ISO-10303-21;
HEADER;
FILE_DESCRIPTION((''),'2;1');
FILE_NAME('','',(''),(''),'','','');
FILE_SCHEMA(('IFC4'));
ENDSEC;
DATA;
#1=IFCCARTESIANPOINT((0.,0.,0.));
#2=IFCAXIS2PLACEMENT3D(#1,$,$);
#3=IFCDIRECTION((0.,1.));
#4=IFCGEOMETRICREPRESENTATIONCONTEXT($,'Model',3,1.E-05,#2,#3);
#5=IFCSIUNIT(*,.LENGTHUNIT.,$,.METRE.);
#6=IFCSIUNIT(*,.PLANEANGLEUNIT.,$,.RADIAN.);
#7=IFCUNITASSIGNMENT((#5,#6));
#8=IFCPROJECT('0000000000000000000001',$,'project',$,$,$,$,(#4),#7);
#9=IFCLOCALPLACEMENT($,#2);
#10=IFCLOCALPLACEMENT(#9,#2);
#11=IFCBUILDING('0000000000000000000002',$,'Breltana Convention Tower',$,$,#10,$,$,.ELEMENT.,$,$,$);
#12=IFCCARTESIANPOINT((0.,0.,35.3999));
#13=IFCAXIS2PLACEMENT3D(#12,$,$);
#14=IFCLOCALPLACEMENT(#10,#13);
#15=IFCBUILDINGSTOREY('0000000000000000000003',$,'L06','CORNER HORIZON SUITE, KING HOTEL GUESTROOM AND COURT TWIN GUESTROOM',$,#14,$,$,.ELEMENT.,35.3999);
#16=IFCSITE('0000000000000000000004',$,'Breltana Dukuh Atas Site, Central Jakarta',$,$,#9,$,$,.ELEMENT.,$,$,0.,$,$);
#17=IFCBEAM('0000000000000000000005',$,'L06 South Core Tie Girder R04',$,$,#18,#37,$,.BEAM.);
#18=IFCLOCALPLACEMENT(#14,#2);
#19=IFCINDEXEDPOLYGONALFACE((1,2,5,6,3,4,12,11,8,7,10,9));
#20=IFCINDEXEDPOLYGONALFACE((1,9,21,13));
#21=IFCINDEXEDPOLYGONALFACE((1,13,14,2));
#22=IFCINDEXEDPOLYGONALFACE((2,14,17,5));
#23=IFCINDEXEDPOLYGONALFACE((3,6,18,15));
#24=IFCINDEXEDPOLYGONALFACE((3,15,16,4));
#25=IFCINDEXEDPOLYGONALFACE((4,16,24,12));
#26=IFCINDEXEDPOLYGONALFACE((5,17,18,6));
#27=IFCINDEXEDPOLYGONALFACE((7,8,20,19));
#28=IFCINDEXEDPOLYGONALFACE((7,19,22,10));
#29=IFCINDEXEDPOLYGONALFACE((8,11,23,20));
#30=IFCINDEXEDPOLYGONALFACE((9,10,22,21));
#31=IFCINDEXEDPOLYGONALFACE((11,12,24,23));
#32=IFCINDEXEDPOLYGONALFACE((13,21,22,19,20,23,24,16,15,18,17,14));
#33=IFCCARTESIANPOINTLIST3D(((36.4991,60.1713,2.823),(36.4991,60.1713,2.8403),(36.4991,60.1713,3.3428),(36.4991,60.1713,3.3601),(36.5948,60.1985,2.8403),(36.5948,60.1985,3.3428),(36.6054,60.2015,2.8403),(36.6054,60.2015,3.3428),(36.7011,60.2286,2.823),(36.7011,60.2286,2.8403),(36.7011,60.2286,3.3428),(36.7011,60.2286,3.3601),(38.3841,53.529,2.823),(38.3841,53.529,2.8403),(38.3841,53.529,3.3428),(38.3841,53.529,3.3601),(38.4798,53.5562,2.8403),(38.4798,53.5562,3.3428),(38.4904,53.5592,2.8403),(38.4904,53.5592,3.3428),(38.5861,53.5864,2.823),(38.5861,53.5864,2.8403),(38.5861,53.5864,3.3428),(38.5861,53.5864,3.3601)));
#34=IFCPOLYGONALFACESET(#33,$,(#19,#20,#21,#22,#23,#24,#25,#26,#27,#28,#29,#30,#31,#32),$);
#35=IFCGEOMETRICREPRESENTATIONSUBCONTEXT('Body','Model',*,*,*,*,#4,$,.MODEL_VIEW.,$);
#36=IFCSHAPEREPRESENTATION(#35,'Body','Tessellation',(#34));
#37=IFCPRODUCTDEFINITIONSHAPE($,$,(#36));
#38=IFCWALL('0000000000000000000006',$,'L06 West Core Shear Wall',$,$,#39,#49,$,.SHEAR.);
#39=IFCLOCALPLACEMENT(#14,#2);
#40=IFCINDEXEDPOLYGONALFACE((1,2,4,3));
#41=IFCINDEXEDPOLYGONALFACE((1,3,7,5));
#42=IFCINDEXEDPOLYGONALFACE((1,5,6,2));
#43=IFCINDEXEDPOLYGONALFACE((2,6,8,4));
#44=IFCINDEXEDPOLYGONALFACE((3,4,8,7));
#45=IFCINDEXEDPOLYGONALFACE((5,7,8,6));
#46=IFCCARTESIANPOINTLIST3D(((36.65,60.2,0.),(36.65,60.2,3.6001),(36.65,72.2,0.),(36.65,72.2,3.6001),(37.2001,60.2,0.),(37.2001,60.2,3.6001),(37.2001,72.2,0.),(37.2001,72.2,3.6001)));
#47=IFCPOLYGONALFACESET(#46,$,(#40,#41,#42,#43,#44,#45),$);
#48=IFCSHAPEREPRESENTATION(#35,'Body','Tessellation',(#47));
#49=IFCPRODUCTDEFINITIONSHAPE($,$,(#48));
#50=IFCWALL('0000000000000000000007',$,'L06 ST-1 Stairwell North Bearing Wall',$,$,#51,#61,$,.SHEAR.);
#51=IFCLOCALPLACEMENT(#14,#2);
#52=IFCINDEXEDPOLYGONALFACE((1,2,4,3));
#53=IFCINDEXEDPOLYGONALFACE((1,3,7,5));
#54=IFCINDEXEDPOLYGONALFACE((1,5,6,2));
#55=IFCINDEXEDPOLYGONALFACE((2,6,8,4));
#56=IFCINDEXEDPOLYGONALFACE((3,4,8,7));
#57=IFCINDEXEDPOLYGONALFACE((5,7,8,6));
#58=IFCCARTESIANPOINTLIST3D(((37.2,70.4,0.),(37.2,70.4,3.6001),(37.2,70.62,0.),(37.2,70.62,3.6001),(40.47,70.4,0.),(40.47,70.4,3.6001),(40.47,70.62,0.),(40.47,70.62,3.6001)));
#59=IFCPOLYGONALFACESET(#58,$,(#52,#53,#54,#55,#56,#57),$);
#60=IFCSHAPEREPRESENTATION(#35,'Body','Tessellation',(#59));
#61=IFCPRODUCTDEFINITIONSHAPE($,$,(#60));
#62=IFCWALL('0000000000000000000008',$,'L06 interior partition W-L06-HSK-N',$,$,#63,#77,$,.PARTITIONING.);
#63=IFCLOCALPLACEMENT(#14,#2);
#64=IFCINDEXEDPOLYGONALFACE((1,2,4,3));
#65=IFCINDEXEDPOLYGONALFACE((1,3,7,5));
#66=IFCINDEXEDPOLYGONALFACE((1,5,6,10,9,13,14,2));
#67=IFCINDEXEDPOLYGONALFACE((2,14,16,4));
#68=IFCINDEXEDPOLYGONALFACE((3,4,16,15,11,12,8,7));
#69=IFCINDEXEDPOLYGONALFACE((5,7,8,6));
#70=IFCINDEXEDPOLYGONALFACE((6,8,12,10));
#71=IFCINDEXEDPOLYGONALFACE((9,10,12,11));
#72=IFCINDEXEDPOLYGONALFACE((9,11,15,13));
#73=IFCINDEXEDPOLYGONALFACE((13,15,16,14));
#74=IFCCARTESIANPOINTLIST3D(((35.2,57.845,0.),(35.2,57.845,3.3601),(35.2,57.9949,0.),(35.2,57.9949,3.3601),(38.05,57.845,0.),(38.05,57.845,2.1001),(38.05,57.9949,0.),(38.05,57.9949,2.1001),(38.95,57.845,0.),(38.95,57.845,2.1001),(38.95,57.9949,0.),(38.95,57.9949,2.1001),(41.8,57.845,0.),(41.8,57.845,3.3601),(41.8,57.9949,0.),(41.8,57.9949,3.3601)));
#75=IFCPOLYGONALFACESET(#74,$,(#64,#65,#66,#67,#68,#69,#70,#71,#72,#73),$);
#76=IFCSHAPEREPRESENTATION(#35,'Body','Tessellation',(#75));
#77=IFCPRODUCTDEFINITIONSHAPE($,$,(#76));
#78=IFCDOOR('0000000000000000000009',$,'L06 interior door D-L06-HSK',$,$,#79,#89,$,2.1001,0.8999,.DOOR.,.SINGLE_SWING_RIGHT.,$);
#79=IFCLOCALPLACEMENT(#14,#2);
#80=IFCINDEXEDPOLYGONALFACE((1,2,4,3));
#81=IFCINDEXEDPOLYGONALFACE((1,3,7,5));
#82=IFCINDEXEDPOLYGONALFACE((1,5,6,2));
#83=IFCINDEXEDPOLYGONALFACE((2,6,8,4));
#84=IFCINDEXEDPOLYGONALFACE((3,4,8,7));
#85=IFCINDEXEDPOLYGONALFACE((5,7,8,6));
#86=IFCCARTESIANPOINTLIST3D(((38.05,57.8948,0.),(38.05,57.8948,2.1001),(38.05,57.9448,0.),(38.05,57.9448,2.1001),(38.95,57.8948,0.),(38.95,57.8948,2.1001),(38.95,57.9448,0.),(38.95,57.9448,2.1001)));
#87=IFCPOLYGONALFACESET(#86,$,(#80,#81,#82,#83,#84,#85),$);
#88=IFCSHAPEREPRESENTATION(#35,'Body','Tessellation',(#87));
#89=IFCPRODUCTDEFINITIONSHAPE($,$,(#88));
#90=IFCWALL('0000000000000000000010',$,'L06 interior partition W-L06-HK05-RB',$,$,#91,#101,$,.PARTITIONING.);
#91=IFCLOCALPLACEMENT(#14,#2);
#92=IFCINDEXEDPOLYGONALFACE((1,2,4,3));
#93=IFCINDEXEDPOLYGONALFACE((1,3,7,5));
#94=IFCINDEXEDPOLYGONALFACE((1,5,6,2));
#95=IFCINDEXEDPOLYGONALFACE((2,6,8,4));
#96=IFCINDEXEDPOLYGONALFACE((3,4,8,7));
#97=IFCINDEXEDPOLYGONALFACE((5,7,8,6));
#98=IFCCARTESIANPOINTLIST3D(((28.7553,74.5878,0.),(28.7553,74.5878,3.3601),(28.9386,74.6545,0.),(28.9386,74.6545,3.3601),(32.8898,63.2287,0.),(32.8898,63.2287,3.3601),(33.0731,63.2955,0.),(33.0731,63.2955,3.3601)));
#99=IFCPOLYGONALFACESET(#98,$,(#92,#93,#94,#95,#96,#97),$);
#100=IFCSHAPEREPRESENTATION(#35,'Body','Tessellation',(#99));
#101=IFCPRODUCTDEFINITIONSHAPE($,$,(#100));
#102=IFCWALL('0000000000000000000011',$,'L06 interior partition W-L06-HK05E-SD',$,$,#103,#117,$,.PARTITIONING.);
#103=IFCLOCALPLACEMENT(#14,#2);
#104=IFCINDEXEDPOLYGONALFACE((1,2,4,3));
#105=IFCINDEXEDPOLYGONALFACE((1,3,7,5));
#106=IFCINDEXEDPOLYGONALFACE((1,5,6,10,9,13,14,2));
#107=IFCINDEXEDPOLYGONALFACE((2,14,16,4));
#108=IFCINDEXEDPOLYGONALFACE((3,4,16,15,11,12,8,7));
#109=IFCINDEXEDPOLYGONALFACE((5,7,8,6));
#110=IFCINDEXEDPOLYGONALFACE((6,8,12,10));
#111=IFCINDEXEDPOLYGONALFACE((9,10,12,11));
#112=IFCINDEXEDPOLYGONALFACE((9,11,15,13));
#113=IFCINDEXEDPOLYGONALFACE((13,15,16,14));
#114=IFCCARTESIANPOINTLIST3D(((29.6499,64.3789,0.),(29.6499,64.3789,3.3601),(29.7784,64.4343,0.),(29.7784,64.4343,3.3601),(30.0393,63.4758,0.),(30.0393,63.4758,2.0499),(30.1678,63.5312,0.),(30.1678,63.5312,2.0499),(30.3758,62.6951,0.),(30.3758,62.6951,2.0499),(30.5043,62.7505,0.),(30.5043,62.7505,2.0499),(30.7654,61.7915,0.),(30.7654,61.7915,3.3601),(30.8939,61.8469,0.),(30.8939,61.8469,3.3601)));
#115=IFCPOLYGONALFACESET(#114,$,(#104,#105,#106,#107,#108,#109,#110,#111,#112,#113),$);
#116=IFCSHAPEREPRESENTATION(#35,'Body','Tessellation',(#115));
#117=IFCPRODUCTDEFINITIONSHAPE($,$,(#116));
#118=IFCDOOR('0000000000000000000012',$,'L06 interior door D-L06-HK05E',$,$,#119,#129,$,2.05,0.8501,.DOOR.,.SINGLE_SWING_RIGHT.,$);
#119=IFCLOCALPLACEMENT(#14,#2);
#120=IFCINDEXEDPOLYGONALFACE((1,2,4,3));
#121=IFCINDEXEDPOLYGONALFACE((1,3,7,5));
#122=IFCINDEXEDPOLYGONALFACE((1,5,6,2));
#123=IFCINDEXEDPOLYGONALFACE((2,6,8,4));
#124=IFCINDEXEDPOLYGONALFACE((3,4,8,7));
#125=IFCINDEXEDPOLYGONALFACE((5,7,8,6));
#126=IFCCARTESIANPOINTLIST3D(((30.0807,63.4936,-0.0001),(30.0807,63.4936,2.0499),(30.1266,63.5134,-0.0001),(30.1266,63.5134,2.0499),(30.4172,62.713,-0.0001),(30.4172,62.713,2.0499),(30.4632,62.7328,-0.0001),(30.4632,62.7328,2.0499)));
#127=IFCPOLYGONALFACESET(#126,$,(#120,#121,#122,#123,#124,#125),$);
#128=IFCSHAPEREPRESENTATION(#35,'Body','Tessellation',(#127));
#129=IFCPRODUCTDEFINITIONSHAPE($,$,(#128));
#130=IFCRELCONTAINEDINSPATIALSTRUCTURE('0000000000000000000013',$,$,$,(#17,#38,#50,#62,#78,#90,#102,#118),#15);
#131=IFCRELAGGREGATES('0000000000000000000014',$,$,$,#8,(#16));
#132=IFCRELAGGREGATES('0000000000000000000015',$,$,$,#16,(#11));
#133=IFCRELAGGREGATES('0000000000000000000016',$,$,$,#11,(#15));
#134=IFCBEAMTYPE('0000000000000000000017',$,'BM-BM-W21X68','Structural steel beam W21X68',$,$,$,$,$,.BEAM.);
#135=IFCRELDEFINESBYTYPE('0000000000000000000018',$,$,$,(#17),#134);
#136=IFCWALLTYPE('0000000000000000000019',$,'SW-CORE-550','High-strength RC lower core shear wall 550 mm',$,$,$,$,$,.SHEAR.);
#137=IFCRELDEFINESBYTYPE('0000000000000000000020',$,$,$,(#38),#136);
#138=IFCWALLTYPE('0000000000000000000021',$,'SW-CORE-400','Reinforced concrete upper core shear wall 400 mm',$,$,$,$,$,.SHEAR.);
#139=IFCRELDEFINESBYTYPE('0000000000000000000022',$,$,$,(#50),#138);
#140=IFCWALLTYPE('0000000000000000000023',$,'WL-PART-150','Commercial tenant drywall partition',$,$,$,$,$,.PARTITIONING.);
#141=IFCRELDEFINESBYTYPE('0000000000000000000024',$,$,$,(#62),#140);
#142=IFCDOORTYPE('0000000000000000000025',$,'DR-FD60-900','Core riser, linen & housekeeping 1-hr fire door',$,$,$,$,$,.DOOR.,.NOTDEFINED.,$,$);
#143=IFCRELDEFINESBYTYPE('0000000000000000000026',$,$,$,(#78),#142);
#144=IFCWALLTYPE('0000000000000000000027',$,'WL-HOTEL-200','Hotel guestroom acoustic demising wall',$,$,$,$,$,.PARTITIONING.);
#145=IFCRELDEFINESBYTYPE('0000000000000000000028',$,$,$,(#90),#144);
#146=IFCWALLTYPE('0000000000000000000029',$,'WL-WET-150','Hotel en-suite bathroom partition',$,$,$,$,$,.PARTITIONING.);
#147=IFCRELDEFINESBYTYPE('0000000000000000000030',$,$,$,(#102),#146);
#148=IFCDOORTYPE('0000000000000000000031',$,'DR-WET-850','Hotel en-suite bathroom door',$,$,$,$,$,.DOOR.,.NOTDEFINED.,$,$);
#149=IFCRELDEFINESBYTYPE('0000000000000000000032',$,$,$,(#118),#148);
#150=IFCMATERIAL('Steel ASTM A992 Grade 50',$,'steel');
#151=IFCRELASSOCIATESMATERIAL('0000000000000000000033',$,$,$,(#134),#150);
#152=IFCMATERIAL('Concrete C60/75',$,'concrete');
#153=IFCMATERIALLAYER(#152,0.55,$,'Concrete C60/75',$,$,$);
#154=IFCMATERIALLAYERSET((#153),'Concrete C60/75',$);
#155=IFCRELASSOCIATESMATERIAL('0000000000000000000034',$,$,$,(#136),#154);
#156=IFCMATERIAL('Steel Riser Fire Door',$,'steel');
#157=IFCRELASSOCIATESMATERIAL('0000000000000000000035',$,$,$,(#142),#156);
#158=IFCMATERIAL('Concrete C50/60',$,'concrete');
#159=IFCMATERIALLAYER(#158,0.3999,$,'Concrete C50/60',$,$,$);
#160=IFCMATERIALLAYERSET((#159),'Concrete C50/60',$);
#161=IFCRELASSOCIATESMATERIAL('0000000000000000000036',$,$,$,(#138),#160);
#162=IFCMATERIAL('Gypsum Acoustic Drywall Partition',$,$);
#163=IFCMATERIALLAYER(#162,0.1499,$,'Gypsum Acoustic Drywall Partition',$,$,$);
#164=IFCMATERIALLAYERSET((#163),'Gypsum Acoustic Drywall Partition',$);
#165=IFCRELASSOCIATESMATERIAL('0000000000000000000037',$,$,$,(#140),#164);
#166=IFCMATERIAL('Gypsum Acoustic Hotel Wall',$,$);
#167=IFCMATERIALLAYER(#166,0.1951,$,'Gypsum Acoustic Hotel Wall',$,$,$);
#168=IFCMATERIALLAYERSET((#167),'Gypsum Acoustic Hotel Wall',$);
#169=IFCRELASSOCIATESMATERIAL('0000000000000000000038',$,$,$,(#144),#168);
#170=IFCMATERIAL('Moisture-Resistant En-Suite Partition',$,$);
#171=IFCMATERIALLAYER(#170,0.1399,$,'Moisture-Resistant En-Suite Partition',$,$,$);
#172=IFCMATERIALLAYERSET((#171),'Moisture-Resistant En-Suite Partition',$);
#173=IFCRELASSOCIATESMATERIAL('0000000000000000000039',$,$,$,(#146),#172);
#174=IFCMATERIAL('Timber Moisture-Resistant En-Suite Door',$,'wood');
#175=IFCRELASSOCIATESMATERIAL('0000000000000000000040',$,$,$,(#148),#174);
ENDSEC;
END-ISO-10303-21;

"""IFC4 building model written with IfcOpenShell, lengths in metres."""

from ifc_helpers import new_model, si_unit, direction, frame, frame_2d, origin, origin_2d, place, context, subcontext, project, spatial, rectangle, i_section, extrude, source, transform, mapped, material, layer, layer_set, material_profile, profile_set, type_object, type_shapes, element, fill, save


model = new_model("IFC4")

# Units and contexts
model_context = context("Model", 3, precision=1e-05, world=origin(), true_north=direction((0.0, 1.0)))
body_context = subcontext(model_context, "Body", "Model", "MODEL_VIEW")
ifc_project = project(units=[si_unit("LENGTHUNIT", "METRE"), si_unit("PLANEANGLEUNIT", "RADIAN")], contexts=[model_context])

# Site, building, storey
site_placement = place(None, origin())
site = spatial("IfcSite", under=ifc_project, at=site_placement, Name="Breltana Dukuh Atas Site, Central Jakarta", CompositionType="ELEMENT", RefElevation=0.0)
building_placement = place(site_placement, origin())
building = spatial("IfcBuilding", under=site, at=building_placement, Name="Breltana Convention Tower", CompositionType="ELEMENT")
storey_placement = place(building_placement, frame((0.0, 0.0, 35.3999)))
storey = spatial("IfcBuildingStorey", under=building, at=storey_placement, Name="L06", Description="CORNER HORIZON SUITE, KING HOTEL GUESTROOM AND COURT TWIN GUESTROOM", CompositionType="ELEMENT", Elevation=35.3999)

# Beam
ifc_material_1 = material(Name="Steel ASTM A992 Grade 50", Category="steel")
ifc_material_profile = material_profile(ifc_material_1, i_section(OverallWidth=0.21, OverallDepth=0.5371, WebThickness=0.011, FlangeThickness=0.0173, at=origin_2d()), Name="W21X68")
ifc_profile_set = profile_set([ifc_material_profile], Name="Steel ASTM A992 Grade 50")
beam_type = type_object("IfcBeamType", Name="BM-BM-W21X68", Description="Structural steel beam W21X68", PredefinedType="BEAM", material=ifc_profile_set)
shared_shape_1 = source(origin(), body_context, "Body", "SweptSolid", [
    extrude(i_section(OverallWidth=0.21, OverallDepth=0.5371, WebThickness=0.011, FlangeThickness=0.0173, at=origin_2d()), origin(), (0.0, 0.0, 1.0), 6.9045),
])
type_shapes(beam_type, [shared_shape_1])
beam_placement = place(storey_placement, frame((36.6001, 60.2, 3.0916), z_axis=(0.273007, -0.962012, 0.0), x_axis=(0.962012, 0.273007, 0.0)))
element("IfcBeam", 1, at=beam_placement, inside=storey, type_object=beam_type, Name="L06 South Core Tie Girder R04", PredefinedType="BEAM", context=body_context, shape_type="MappedRepresentation", body=[
    mapped(shared_shape_1, transform((0.0, 0.0, 0.0), scale=1.0)),
])

# Wall
ifc_material_2 = material(Name="Concrete C60/75", Category="concrete")
ifc_layer_1 = layer(ifc_material_2, 0.55, Name="Concrete C60/75")
ifc_layer_set_1 = layer_set([ifc_layer_1], Name="Concrete C60/75")
wall_type_1 = type_object("IfcWallType", Name="SW-CORE-550", Description="High-strength RC lower core shear wall 550 mm", PredefinedType="SHEAR", material=ifc_layer_set_1)
shared_shape_2 = source(origin(), body_context, "Body", "SweptSolid", [
    extrude(rectangle(XDim=12.0, YDim=0.55, at=frame_2d((6.0, 0.0))), origin(), (0.0, 0.0, 1.0), 3.6001),
])
wall_1_placement = place(storey_placement, frame((36.925, 60.2, 0.0), z_axis=(0.0, 0.0, 1.0), x_axis=(0.0, 1.0, 0.0)))
element("IfcWall", 2, at=wall_1_placement, inside=storey, type_object=wall_type_1, Name="L06 West Core Shear Wall", PredefinedType="SHEAR", context=body_context, shape_type="MappedRepresentation", body=[
    mapped(shared_shape_2, transform((0.0, 0.0, 0.0), scale=1.0)),
])

# Shared definitions
ifc_material_3 = material(Name="Steel Riser Fire Door", Category="steel")
door_type_1 = type_object("IfcDoorType", Name="DR-FD60-900", Description="Core riser, linen & housekeeping 1-hr fire door", OperationType="NOTDEFINED", PredefinedType="DOOR", material=ifc_material_3)
shared_shape_3 = source(origin(), body_context, "Body", "SweptSolid", [
    extrude(rectangle(XDim=0.8999, YDim=2.1001, at=frame_2d((0.45, 1.05))), frame((0.0, 0.0249, 0.0), z_axis=(0.0, -1.0, 0.0), x_axis=(1.0, 0.0, 0.0)), (0.0, 0.0, 1.0), 0.05),
])
type_shapes(door_type_1, [shared_shape_3])

# Wall
ifc_material_4 = material(Name="Concrete C50/60", Category="concrete")
ifc_layer_2 = layer(ifc_material_4, 0.3999, Name="Concrete C50/60")
ifc_layer_set_2 = layer_set([ifc_layer_2], Name="Concrete C50/60")
wall_type_2 = type_object("IfcWallType", Name="SW-CORE-400", Description="Reinforced concrete upper core shear wall 400 mm", PredefinedType="SHEAR", material=ifc_layer_set_2)
shared_shape_4 = source(origin(), body_context, "Body", "SweptSolid", [
    extrude(rectangle(XDim=3.27, YDim=0.22, at=frame_2d((1.635, 0.0))), origin(), (0.0, 0.0, 1.0), 3.6001),
])
wall_2_placement = place(storey_placement, frame((37.2, 70.51, 0.0), z_axis=(0.0, 0.0, 1.0), x_axis=(1.0, 0.0, 0.0)))
element("IfcWall", 3, at=wall_2_placement, inside=storey, type_object=wall_type_2, Name="L06 ST-1 Stairwell North Bearing Wall", PredefinedType="SHEAR", context=body_context, shape_type="MappedRepresentation", body=[
    mapped(shared_shape_4, transform((0.0, 0.0, 0.0), scale=1.0)),
])

# Wall, opening, door
ifc_material_5 = material(Name="Gypsum Acoustic Drywall Partition")
ifc_layer_3 = layer(ifc_material_5, 0.1499, Name="Gypsum Acoustic Drywall Partition")
ifc_layer_set_3 = layer_set([ifc_layer_3], Name="Gypsum Acoustic Drywall Partition")
wall_type_3 = type_object("IfcWallType", Name="WL-PART-150", Description="Commercial tenant drywall partition", PredefinedType="PARTITIONING", material=ifc_layer_set_3)
shared_shape_5 = source(origin(), body_context, "Body", "SweptSolid", [
    extrude(rectangle(XDim=6.6001, YDim=0.1499, at=frame_2d((3.3, 0.0))), origin(), (0.0, 0.0, 1.0), 3.3601),
])
wall_3_placement = place(storey_placement, frame((35.2, 57.9199, 0.0), z_axis=(0.0, 0.0, 1.0), x_axis=(1.0, 0.0, 0.0)))
wall_3 = element("IfcWall", 4, at=wall_3_placement, inside=storey, type_object=wall_type_3, Name="L06 interior partition W-L06-HSK-N", PredefinedType="PARTITIONING", context=body_context, shape_type="MappedRepresentation", body=[
    mapped(shared_shape_5, transform((0.0, 0.0, 0.0), scale=1.0)),
])
opening_1_placement = place(wall_3_placement, frame((2.8501, 0.0, 0.0)))
opening_1 = element("IfcOpeningElement", 5, at=opening_1_placement, cuts=wall_3, PredefinedType="OPENING", context=body_context, shape_type="SweptSolid", body=[
    extrude(rectangle(XDim=0.8999, YDim=2.1001, at=frame_2d((0.45, 1.05))), frame((0.0, 0.085, 0.0), z_axis=(0.0, -1.0, 0.0), x_axis=(1.0, 0.0, 0.0)), (0.0, 0.0, 1.0), 0.1699),
])
door_1_placement = place(opening_1_placement, origin())
door_1 = element("IfcDoor", 6, at=door_1_placement, inside=storey, type_object=door_type_1, Name="L06 interior door D-L06-HSK", OperationType="SINGLE_SWING_RIGHT", OverallHeight=2.1001, OverallWidth=0.8999, PredefinedType="DOOR", context=body_context, shape_type="MappedRepresentation", body=[
    mapped(shared_shape_3, transform((0.0, 0.0, 0.0), scale=1.0)),
])
fill(opening_1, door_1)

# Wall
ifc_material_6 = material(Name="Gypsum Acoustic Hotel Wall")
ifc_layer_4 = layer(ifc_material_6, 0.1951, Name="Gypsum Acoustic Hotel Wall")
ifc_layer_set_4 = layer_set([ifc_layer_4], Name="Gypsum Acoustic Hotel Wall")
wall_type_4 = type_object("IfcWallType", Name="WL-HOTEL-200", Description="Hotel guestroom acoustic demising wall", PredefinedType="PARTITIONING", material=ifc_layer_set_4)
shared_shape_6 = source(origin(), body_context, "Body", "SweptSolid", [
    extrude(rectangle(XDim=12.0881, YDim=0.1951, at=frame_2d((6.0439, 0.0))), origin(), (0.0, 0.0, 1.0), 3.3601),
])
wall_4_placement = place(storey_placement, frame((32.9814, 63.2622, 0.0), z_axis=(0.0, 0.0, 1.0), x_axis=(-0.34203, 0.939689, 0.0)))
element("IfcWall", 7, at=wall_4_placement, inside=storey, type_object=wall_type_4, Name="L06 interior partition W-L06-HK05-RB", PredefinedType="PARTITIONING", context=body_context, shape_type="MappedRepresentation", body=[
    mapped(shared_shape_6, transform((0.0, 0.0, 0.0), scale=1.0)),
])

# Wall, opening, door
ifc_material_7 = material(Name="Moisture-Resistant En-Suite Partition")
ifc_layer_5 = layer(ifc_material_7, 0.1399, Name="Moisture-Resistant En-Suite Partition")
ifc_layer_set_5 = layer_set([ifc_layer_5], Name="Moisture-Resistant En-Suite Partition")
wall_type_5 = type_object("IfcWallType", Name="WL-WET-150", Description="Hotel en-suite bathroom partition", PredefinedType="PARTITIONING", material=ifc_layer_set_5)
shared_shape_7 = source(origin(), body_context, "Body", "SweptSolid", [
    extrude(rectangle(XDim=2.8176, YDim=0.1399, at=frame_2d((1.4087, 0.0))), origin(), (0.0, 0.0, 1.0), 3.3601),
])
wall_5_placement = place(storey_placement, frame((30.8296, 61.8193, 0.0), z_axis=(0.0, 0.0, 1.0), x_axis=(-0.395895, 0.918296, 0.0)))
wall_5 = element("IfcWall", 8, at=wall_5_placement, inside=storey, type_object=wall_type_5, Name="L06 interior partition W-L06-HK05E-SD", PredefinedType="PARTITIONING", context=body_context, shape_type="MappedRepresentation", body=[
    mapped(shared_shape_7, transform((0.0, 0.0, 0.0), scale=1.0)),
])
opening_2_placement = place(wall_5_placement, frame((0.9839, 0.0, 0.0)))
opening_2 = element("IfcOpeningElement", 9, at=opening_2_placement, cuts=wall_5, PredefinedType="OPENING", context=body_context, shape_type="SweptSolid", body=[
    extrude(rectangle(XDim=0.8501, YDim=2.05, at=frame_2d((0.425, 1.0249))), frame((0.0, 0.0801, 0.0), z_axis=(0.0, -1.0, 0.0), x_axis=(1.0, 0.0, 0.0)), (0.0, 0.0, 1.0), 0.1599),
])
ifc_material_8 = material(Name="Timber Moisture-Resistant En-Suite Door", Category="wood")
door_type_2 = type_object("IfcDoorType", Name="DR-WET-850", Description="Hotel en-suite bathroom door", OperationType="NOTDEFINED", PredefinedType="DOOR", material=ifc_material_8)
shared_shape_8 = source(origin(), body_context, "Body", "SweptSolid", [
    extrude(rectangle(XDim=0.8501, YDim=2.05, at=frame_2d((0.425, 1.0249))), frame((0.0, 0.0249, 0.0), z_axis=(0.0, -1.0, 0.0), x_axis=(1.0, 0.0, 0.0)), (0.0, 0.0, 1.0), 0.05),
])
type_shapes(door_type_2, [shared_shape_8])
door_2_placement = place(opening_2_placement, origin())
door_2 = element("IfcDoor", 10, at=door_2_placement, inside=storey, type_object=door_type_2, Name="L06 interior door D-L06-HK05E", OperationType="SINGLE_SWING_RIGHT", OverallHeight=2.05, OverallWidth=0.8501, PredefinedType="DOOR", context=body_context, shape_type="MappedRepresentation", body=[
    mapped(shared_shape_8, transform((0.0, 0.0, 0.0), scale=1.0)),
])
fill(opening_2, door_2)

save(model, "model.ifc")
